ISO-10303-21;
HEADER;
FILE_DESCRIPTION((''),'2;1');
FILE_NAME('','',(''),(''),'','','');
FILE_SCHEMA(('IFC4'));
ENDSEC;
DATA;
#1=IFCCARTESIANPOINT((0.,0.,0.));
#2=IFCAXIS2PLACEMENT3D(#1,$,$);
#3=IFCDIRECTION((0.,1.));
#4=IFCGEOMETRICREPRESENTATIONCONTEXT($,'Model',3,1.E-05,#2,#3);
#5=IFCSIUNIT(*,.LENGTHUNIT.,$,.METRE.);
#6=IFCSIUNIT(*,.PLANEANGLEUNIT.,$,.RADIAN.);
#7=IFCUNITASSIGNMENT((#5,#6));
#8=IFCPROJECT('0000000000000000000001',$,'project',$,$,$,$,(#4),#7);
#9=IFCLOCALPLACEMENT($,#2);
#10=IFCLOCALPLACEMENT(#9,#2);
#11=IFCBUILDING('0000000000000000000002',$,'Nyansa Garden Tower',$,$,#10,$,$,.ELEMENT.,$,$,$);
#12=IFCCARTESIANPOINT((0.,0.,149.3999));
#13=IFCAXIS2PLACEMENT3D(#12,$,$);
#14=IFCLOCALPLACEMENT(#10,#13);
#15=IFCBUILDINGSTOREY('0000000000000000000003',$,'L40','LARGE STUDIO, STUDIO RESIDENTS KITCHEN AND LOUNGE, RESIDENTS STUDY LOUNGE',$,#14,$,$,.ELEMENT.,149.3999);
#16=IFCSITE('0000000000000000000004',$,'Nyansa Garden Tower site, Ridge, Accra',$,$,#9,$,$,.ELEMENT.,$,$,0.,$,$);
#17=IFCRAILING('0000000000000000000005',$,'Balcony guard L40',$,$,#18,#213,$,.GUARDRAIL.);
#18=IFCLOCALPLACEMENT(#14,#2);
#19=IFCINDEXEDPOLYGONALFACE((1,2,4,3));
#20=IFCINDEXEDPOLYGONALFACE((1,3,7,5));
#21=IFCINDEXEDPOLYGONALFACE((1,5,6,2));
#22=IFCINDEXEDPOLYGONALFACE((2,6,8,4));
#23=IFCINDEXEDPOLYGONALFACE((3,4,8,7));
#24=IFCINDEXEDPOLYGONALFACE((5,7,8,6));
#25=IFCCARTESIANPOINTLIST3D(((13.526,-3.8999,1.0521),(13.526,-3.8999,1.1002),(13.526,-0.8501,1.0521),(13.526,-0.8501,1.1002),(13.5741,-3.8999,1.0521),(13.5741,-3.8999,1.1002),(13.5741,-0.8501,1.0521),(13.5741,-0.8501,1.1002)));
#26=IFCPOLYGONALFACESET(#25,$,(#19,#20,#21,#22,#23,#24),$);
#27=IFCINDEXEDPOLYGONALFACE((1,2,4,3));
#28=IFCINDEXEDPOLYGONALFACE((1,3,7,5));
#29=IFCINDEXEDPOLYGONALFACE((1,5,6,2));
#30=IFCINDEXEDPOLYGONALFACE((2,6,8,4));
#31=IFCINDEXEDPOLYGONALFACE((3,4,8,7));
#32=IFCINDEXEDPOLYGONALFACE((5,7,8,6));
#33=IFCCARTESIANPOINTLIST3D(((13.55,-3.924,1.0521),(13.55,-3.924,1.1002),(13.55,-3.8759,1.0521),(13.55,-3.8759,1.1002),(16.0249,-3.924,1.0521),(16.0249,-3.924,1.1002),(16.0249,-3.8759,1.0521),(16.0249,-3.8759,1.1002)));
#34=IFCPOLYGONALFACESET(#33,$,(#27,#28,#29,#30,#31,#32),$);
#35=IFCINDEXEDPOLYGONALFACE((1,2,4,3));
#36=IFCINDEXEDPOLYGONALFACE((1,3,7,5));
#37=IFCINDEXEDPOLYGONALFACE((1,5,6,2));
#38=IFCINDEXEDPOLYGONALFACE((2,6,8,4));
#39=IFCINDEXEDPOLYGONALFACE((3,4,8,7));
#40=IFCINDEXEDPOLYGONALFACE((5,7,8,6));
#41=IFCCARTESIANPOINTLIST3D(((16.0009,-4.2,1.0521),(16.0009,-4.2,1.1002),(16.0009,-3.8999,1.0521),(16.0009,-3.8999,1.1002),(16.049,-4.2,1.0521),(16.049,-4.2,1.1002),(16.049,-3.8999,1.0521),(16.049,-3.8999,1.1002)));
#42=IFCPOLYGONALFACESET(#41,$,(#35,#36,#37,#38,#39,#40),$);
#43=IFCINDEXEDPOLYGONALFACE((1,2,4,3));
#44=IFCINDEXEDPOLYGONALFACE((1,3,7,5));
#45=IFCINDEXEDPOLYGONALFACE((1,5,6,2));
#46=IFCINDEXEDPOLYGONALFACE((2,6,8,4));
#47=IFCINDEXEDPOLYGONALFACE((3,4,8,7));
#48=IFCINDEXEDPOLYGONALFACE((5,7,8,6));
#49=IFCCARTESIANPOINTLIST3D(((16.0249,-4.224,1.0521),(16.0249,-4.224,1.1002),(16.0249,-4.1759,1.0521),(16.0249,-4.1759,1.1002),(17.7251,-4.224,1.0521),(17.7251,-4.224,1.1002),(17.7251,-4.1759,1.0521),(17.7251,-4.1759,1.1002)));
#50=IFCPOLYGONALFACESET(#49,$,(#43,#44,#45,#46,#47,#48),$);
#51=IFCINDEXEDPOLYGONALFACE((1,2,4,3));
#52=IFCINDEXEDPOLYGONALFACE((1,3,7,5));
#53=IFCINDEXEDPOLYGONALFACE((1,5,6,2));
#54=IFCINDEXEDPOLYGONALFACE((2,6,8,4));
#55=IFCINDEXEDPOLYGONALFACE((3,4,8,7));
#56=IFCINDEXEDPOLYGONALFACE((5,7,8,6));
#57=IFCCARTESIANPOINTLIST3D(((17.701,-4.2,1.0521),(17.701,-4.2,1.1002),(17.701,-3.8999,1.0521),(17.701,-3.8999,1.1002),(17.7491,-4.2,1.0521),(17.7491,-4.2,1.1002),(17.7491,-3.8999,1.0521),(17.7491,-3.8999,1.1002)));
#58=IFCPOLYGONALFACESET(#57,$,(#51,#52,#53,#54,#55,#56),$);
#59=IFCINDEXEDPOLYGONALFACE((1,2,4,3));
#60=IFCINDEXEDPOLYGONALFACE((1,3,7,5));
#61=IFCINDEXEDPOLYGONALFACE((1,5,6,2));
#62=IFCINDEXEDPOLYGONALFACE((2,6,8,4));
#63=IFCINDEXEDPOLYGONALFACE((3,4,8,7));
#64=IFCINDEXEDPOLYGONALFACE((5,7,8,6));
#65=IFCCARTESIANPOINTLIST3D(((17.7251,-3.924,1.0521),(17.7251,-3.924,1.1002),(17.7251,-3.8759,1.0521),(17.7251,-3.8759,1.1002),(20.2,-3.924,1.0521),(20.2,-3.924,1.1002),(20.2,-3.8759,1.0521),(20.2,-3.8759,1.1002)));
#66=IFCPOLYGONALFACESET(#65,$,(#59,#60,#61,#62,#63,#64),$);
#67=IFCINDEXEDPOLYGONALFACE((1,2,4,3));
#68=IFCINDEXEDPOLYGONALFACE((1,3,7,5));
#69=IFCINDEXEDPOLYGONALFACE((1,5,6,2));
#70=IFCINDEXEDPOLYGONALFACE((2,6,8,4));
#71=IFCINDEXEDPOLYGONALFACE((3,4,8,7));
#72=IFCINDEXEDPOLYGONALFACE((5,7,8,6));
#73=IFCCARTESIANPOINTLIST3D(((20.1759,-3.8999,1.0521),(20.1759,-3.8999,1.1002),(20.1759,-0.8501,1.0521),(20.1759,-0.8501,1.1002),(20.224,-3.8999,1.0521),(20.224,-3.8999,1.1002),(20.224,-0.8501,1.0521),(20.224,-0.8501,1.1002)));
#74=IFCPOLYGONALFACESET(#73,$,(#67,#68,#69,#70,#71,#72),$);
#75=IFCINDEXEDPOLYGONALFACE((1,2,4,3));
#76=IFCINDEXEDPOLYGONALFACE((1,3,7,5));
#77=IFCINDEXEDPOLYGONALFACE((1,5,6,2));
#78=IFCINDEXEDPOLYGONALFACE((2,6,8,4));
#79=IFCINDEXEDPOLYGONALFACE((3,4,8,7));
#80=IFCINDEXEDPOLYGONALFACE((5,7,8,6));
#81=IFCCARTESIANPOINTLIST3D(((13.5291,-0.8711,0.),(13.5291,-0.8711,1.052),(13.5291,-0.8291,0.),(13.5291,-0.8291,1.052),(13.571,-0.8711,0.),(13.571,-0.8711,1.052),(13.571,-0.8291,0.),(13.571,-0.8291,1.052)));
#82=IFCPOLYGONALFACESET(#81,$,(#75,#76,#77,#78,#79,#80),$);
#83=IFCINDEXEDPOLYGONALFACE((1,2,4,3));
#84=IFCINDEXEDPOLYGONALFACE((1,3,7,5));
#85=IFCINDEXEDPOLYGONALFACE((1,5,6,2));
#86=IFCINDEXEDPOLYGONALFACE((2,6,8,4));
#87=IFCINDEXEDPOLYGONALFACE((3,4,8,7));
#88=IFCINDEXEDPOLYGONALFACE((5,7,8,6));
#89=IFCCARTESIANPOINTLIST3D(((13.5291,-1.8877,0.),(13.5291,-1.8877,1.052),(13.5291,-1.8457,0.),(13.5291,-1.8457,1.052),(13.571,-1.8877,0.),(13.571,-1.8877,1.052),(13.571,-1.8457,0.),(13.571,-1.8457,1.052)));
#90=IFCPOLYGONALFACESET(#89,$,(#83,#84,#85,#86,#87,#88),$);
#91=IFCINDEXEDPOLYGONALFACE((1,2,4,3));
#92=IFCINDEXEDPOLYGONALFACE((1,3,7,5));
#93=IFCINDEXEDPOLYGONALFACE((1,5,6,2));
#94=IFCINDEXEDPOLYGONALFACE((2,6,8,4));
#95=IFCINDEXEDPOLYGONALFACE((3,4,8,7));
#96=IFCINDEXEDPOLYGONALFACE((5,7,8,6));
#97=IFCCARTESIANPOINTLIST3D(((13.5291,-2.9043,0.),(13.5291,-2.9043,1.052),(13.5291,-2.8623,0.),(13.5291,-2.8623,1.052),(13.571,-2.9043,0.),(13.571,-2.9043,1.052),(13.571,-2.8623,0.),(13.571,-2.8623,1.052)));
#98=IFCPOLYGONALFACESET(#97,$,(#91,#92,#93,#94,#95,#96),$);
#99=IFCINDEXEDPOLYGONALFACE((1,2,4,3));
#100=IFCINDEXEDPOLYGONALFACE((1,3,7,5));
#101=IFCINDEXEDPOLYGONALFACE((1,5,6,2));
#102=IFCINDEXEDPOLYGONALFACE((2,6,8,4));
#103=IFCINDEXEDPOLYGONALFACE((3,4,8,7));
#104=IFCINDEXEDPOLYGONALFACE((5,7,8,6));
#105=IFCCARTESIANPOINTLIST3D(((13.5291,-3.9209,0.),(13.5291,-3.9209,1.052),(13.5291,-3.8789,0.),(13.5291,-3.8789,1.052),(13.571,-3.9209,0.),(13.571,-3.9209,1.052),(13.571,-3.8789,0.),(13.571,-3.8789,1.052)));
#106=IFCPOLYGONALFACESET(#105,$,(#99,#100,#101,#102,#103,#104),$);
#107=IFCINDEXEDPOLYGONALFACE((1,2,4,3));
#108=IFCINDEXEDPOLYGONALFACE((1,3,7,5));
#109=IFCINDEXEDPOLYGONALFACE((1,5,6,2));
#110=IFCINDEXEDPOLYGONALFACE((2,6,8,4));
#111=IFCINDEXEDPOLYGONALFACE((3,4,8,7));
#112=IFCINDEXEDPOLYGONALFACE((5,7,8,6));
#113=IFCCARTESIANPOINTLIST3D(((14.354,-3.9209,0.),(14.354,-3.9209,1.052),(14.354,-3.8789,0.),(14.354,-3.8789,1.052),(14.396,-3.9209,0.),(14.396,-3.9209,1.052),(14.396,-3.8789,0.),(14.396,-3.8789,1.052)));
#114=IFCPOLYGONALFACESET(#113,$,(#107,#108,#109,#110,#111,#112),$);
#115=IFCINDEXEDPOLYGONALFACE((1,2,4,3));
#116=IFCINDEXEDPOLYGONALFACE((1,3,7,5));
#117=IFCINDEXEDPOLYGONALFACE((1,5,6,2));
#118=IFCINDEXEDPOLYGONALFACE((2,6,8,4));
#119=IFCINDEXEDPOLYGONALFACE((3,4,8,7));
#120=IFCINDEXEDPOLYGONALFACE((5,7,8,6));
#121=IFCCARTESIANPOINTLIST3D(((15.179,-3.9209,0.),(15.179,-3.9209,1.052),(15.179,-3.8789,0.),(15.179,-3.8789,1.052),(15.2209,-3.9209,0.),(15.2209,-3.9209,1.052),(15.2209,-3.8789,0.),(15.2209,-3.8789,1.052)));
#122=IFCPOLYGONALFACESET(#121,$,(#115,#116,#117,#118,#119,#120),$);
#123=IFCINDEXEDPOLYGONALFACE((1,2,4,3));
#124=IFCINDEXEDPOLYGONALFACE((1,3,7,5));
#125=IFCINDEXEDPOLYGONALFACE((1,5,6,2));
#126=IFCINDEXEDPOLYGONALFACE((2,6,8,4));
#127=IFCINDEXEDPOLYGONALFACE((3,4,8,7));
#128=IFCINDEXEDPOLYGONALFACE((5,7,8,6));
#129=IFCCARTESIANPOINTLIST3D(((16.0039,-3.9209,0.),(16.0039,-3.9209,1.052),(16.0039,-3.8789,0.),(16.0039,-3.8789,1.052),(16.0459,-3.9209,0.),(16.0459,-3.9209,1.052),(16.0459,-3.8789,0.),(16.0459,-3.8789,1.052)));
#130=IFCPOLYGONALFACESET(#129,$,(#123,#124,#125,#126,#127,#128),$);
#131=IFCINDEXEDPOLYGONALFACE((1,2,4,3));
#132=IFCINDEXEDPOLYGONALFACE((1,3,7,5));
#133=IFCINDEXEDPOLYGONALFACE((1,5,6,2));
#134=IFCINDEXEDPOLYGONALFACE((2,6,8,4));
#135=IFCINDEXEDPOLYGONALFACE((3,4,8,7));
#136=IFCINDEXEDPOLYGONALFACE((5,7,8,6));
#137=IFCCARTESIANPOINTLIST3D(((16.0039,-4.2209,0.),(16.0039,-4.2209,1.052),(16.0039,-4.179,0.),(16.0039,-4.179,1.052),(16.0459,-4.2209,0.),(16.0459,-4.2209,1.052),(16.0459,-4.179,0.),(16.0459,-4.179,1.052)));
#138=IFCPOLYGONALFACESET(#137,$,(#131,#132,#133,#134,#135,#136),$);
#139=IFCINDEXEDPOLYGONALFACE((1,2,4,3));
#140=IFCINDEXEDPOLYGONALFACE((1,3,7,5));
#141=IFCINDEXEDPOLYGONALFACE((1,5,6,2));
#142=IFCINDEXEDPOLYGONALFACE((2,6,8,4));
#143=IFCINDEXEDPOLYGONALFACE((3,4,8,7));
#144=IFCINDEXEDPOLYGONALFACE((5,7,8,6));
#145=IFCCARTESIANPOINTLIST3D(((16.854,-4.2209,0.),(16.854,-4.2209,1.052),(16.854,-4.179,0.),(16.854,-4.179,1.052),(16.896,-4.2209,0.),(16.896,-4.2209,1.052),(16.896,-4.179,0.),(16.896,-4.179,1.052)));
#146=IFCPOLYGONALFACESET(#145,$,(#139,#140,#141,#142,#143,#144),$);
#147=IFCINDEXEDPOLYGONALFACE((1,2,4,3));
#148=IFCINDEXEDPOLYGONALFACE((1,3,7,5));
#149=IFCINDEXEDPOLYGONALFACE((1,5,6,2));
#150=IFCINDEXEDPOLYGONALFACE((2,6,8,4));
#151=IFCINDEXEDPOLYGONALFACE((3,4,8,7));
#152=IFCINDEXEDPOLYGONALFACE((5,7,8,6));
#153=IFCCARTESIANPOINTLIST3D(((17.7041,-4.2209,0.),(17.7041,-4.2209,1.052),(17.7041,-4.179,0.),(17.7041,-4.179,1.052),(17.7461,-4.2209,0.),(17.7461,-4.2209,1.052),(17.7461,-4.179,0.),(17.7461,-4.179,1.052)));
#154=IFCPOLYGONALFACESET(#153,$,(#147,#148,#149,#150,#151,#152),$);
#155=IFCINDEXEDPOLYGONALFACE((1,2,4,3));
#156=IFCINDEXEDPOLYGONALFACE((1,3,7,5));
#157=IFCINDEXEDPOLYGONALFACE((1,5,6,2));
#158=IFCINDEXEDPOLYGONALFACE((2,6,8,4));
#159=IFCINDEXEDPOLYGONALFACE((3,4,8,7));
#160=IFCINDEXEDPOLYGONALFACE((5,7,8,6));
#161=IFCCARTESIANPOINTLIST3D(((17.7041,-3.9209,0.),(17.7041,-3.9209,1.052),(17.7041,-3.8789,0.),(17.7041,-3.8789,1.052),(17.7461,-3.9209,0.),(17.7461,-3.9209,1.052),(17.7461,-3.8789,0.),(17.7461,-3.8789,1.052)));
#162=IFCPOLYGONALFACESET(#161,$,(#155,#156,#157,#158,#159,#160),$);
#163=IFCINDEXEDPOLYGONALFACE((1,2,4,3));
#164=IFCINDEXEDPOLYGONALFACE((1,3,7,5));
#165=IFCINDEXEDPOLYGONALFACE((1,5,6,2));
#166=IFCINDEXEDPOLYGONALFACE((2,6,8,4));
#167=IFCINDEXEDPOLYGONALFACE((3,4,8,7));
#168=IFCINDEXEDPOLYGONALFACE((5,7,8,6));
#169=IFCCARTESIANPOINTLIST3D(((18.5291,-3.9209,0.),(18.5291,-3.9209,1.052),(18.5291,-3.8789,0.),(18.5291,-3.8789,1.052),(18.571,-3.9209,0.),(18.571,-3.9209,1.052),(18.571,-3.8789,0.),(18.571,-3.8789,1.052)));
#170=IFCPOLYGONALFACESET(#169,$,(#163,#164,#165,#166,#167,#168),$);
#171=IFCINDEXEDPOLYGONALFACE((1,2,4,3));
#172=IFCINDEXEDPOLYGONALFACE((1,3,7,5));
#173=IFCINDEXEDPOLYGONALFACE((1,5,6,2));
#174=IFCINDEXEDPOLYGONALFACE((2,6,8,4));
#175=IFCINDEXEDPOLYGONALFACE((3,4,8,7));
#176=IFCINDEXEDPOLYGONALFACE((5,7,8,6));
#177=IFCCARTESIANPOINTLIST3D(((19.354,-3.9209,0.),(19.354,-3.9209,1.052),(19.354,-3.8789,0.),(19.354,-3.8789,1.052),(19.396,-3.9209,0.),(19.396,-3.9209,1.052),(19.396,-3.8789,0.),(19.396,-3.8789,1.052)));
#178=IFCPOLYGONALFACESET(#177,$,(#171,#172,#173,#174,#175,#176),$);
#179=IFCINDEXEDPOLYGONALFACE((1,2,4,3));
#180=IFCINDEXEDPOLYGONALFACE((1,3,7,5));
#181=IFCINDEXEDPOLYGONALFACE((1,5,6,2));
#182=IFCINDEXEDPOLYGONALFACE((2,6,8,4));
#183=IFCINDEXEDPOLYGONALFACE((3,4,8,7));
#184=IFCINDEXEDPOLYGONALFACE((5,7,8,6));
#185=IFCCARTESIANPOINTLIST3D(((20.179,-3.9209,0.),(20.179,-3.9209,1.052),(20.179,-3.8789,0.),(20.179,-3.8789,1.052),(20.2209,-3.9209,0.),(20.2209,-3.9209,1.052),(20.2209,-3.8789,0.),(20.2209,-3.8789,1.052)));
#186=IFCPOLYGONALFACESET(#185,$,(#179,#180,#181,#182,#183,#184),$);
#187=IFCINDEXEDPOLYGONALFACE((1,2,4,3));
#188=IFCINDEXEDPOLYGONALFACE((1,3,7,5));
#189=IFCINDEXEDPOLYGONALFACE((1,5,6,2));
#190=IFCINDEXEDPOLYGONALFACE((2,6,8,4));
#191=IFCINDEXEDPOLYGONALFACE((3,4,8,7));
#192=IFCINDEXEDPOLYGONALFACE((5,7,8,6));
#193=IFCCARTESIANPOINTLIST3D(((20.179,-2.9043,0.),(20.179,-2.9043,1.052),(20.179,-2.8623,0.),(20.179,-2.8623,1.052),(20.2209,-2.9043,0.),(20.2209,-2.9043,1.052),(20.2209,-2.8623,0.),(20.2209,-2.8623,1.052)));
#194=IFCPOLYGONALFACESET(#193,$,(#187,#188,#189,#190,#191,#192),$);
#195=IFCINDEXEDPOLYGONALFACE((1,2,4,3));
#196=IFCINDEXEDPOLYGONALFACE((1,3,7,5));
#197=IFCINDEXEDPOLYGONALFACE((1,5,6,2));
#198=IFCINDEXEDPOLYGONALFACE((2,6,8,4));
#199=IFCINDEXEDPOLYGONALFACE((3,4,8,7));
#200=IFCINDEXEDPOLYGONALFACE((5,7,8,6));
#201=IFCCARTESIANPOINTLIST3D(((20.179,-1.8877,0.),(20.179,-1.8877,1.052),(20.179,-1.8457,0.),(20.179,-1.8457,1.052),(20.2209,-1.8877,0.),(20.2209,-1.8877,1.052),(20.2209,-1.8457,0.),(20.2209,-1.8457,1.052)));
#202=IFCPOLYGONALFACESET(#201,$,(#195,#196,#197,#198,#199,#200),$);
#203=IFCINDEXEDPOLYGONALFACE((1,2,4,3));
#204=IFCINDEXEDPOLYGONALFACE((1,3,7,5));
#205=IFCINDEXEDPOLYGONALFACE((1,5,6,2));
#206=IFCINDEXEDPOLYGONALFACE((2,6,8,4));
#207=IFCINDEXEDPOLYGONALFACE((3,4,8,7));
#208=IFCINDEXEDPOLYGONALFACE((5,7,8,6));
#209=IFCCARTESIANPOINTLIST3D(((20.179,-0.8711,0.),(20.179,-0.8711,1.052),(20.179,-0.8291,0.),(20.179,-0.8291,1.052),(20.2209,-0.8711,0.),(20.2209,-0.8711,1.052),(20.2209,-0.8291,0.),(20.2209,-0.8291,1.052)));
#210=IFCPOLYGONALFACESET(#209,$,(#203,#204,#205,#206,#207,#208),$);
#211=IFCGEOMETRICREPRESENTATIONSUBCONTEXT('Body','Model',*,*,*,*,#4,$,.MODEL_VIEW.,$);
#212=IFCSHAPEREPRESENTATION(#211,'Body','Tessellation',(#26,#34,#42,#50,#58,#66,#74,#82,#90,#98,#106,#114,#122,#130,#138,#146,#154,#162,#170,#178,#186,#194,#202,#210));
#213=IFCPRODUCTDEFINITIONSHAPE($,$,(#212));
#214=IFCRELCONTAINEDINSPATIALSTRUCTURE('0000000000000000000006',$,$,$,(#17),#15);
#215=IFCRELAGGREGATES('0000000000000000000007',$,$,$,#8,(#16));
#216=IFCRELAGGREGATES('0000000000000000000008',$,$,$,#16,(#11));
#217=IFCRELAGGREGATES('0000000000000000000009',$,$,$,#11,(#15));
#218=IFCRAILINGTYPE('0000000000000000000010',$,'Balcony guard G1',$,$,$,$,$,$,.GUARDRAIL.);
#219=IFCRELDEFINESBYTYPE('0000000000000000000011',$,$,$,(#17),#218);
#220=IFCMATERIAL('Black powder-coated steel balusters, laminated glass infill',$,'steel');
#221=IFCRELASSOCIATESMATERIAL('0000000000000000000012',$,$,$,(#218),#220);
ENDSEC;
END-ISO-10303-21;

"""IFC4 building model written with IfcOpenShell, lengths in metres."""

from ifc_helpers import new_model, si_unit, direction, frame, origin, origin_2d, place, context, subcontext, project, spatial, rectangle, extrude, material, type_object, element, save


model = new_model("IFC4")

# Units and contexts
model_context = context("Model", 3, precision=1e-05, world=origin(), true_north=direction((0.0, 1.0)))
body_context = subcontext(model_context, "Body", "Model", "MODEL_VIEW")
ifc_project = project(units=[si_unit("LENGTHUNIT", "METRE"), si_unit("PLANEANGLEUNIT", "RADIAN")], contexts=[model_context])

# Site, building, storey
site_placement = place(None, origin())
site = spatial("IfcSite", under=ifc_project, at=site_placement, Name="Nyansa Garden Tower site, Ridge, Accra", CompositionType="ELEMENT", RefElevation=0.0)
building_placement = place(site_placement, origin())
building = spatial("IfcBuilding", under=site, at=building_placement, Name="Nyansa Garden Tower", CompositionType="ELEMENT")
storey_placement = place(building_placement, frame((0.0, 0.0, 149.3999)))
storey = spatial("IfcBuildingStorey", under=building, at=storey_placement, Name="L40", Description="LARGE STUDIO, STUDIO RESIDENTS KITCHEN AND LOUNGE, RESIDENTS STUDY LOUNGE", CompositionType="ELEMENT", Elevation=149.3999)

# Railing
ifc_material_1 = material(Name="Black powder-coated steel balusters, laminated glass infill", Category="steel")
railing_type = type_object("IfcRailingType", Name="Balcony guard G1", PredefinedType="GUARDRAIL", material=ifc_material_1)
railing_placement = place(storey_placement, frame((13.55, -0.8501, 0.0)))
element("IfcRailing", 1, at=railing_placement, inside=storey, type_object=railing_type, Name="Balcony guard L40", PredefinedType="GUARDRAIL", context=body_context, shape_type="SweptSolid", body=[
    extrude(rectangle(XDim=0.0481, YDim=0.0481, at=origin_2d()), frame((0.0, 0.0, 1.0762), z_axis=(0.0, -1.0, 0.0), x_axis=(1.0, 0.0, 0.0)), (0.0, 0.0, 1.0), 3.0498),
    extrude(rectangle(XDim=0.0481, YDim=0.0481, at=origin_2d()), frame((0.0, -3.0498, 1.0762), z_axis=(1.0, 0.0, 0.0), x_axis=(0.0, 1.0, 0.0)), (0.0, 0.0, 1.0), 2.4749),
    extrude(rectangle(XDim=0.0481, YDim=0.0481, at=origin_2d()), frame((2.4749, -3.0498, 1.0762), z_axis=(0.0, -1.0, 0.0), x_axis=(1.0, 0.0, 0.0)), (0.0, 0.0, 1.0), 0.3),
    extrude(rectangle(XDim=0.0481, YDim=0.0481, at=origin_2d()), frame((2.4749, -3.3499, 1.0762), z_axis=(1.0, 0.0, 0.0), x_axis=(0.0, 1.0, 0.0)), (0.0, 0.0, 1.0), 1.7002),
    extrude(rectangle(XDim=0.0481, YDim=0.0481, at=origin_2d()), frame((4.175, -3.3499, 1.0762), z_axis=(0.0, 1.0, 0.0), x_axis=(-1.0, 0.0, 0.0)), (0.0, 0.0, 1.0), 0.3),
    extrude(rectangle(XDim=0.0481, YDim=0.0481, at=origin_2d()), frame((4.175, -3.0498, 1.0762), z_axis=(1.0, 0.0, 0.0), x_axis=(0.0, 1.0, 0.0)), (0.0, 0.0, 1.0), 2.4749),
    extrude(rectangle(XDim=0.0481, YDim=0.0481, at=origin_2d()), frame((6.6499, -3.0498, 1.0762), z_axis=(0.0, 1.0, 0.0), x_axis=(-1.0, 0.0, 0.0)), (0.0, 0.0, 1.0), 3.0498),
    extrude(rectangle(XDim=0.042, YDim=0.042, at=origin_2d()), origin(), (0.0, 0.0, 1.0), 1.052),
    extrude(rectangle(XDim=0.042, YDim=0.042, at=origin_2d()), frame((0.0, -1.0166, 0.0)), (0.0, 0.0, 1.0), 1.052),
    extrude(rectangle(XDim=0.042, YDim=0.042, at=origin_2d()), frame((0.0, -2.0332, 0.0)), (0.0, 0.0, 1.0), 1.052),
    extrude(rectangle(XDim=0.042, YDim=0.042, at=origin_2d()), frame((0.0, -3.0498, 0.0)), (0.0, 0.0, 1.0), 1.052),
    extrude(rectangle(XDim=0.042, YDim=0.042, at=origin_2d()), frame((0.825, -3.0498, 0.0)), (0.0, 0.0, 1.0), 1.052),
    extrude(rectangle(XDim=0.042, YDim=0.042, at=origin_2d()), frame((1.6499, -3.0498, 0.0)), (0.0, 0.0, 1.0), 1.052),
    extrude(rectangle(XDim=0.042, YDim=0.042, at=origin_2d()), frame((2.4749, -3.0498, 0.0)), (0.0, 0.0, 1.0), 1.052),
    extrude(rectangle(XDim=0.042, YDim=0.042, at=origin_2d()), frame((2.4749, -3.3499, 0.0)), (0.0, 0.0, 1.0), 1.052),
    extrude(rectangle(XDim=0.042, YDim=0.042, at=origin_2d()), frame((3.325, -3.3499, 0.0)), (0.0, 0.0, 1.0), 1.052),
    extrude(rectangle(XDim=0.042, YDim=0.042, at=origin_2d()), frame((4.175, -3.3499, 0.0)), (0.0, 0.0, 1.0), 1.052),
    extrude(rectangle(XDim=0.042, YDim=0.042, at=origin_2d()), frame((4.175, -3.0498, 0.0)), (0.0, 0.0, 1.0), 1.052),
    extrude(rectangle(XDim=0.042, YDim=0.042, at=origin_2d()), frame((5.0, -3.0498, 0.0)), (0.0, 0.0, 1.0), 1.052),
    extrude(rectangle(XDim=0.042, YDim=0.042, at=origin_2d()), frame((5.825, -3.0498, 0.0)), (0.0, 0.0, 1.0), 1.052),
    extrude(rectangle(XDim=0.042, YDim=0.042, at=origin_2d()), frame((6.6499, -3.0498, 0.0)), (0.0, 0.0, 1.0), 1.052),
    extrude(rectangle(XDim=0.042, YDim=0.042, at=origin_2d()), frame((6.6499, -2.0332, 0.0)), (0.0, 0.0, 1.0), 1.052),
    extrude(rectangle(XDim=0.042, YDim=0.042, at=origin_2d()), frame((6.6499, -1.0166, 0.0)), (0.0, 0.0, 1.0), 1.052),
    extrude(rectangle(XDim=0.042, YDim=0.042, at=origin_2d()), frame((6.6499, 0.0, 0.0)), (0.0, 0.0, 1.0), 1.052),
])

save(model, "model.ifc")
